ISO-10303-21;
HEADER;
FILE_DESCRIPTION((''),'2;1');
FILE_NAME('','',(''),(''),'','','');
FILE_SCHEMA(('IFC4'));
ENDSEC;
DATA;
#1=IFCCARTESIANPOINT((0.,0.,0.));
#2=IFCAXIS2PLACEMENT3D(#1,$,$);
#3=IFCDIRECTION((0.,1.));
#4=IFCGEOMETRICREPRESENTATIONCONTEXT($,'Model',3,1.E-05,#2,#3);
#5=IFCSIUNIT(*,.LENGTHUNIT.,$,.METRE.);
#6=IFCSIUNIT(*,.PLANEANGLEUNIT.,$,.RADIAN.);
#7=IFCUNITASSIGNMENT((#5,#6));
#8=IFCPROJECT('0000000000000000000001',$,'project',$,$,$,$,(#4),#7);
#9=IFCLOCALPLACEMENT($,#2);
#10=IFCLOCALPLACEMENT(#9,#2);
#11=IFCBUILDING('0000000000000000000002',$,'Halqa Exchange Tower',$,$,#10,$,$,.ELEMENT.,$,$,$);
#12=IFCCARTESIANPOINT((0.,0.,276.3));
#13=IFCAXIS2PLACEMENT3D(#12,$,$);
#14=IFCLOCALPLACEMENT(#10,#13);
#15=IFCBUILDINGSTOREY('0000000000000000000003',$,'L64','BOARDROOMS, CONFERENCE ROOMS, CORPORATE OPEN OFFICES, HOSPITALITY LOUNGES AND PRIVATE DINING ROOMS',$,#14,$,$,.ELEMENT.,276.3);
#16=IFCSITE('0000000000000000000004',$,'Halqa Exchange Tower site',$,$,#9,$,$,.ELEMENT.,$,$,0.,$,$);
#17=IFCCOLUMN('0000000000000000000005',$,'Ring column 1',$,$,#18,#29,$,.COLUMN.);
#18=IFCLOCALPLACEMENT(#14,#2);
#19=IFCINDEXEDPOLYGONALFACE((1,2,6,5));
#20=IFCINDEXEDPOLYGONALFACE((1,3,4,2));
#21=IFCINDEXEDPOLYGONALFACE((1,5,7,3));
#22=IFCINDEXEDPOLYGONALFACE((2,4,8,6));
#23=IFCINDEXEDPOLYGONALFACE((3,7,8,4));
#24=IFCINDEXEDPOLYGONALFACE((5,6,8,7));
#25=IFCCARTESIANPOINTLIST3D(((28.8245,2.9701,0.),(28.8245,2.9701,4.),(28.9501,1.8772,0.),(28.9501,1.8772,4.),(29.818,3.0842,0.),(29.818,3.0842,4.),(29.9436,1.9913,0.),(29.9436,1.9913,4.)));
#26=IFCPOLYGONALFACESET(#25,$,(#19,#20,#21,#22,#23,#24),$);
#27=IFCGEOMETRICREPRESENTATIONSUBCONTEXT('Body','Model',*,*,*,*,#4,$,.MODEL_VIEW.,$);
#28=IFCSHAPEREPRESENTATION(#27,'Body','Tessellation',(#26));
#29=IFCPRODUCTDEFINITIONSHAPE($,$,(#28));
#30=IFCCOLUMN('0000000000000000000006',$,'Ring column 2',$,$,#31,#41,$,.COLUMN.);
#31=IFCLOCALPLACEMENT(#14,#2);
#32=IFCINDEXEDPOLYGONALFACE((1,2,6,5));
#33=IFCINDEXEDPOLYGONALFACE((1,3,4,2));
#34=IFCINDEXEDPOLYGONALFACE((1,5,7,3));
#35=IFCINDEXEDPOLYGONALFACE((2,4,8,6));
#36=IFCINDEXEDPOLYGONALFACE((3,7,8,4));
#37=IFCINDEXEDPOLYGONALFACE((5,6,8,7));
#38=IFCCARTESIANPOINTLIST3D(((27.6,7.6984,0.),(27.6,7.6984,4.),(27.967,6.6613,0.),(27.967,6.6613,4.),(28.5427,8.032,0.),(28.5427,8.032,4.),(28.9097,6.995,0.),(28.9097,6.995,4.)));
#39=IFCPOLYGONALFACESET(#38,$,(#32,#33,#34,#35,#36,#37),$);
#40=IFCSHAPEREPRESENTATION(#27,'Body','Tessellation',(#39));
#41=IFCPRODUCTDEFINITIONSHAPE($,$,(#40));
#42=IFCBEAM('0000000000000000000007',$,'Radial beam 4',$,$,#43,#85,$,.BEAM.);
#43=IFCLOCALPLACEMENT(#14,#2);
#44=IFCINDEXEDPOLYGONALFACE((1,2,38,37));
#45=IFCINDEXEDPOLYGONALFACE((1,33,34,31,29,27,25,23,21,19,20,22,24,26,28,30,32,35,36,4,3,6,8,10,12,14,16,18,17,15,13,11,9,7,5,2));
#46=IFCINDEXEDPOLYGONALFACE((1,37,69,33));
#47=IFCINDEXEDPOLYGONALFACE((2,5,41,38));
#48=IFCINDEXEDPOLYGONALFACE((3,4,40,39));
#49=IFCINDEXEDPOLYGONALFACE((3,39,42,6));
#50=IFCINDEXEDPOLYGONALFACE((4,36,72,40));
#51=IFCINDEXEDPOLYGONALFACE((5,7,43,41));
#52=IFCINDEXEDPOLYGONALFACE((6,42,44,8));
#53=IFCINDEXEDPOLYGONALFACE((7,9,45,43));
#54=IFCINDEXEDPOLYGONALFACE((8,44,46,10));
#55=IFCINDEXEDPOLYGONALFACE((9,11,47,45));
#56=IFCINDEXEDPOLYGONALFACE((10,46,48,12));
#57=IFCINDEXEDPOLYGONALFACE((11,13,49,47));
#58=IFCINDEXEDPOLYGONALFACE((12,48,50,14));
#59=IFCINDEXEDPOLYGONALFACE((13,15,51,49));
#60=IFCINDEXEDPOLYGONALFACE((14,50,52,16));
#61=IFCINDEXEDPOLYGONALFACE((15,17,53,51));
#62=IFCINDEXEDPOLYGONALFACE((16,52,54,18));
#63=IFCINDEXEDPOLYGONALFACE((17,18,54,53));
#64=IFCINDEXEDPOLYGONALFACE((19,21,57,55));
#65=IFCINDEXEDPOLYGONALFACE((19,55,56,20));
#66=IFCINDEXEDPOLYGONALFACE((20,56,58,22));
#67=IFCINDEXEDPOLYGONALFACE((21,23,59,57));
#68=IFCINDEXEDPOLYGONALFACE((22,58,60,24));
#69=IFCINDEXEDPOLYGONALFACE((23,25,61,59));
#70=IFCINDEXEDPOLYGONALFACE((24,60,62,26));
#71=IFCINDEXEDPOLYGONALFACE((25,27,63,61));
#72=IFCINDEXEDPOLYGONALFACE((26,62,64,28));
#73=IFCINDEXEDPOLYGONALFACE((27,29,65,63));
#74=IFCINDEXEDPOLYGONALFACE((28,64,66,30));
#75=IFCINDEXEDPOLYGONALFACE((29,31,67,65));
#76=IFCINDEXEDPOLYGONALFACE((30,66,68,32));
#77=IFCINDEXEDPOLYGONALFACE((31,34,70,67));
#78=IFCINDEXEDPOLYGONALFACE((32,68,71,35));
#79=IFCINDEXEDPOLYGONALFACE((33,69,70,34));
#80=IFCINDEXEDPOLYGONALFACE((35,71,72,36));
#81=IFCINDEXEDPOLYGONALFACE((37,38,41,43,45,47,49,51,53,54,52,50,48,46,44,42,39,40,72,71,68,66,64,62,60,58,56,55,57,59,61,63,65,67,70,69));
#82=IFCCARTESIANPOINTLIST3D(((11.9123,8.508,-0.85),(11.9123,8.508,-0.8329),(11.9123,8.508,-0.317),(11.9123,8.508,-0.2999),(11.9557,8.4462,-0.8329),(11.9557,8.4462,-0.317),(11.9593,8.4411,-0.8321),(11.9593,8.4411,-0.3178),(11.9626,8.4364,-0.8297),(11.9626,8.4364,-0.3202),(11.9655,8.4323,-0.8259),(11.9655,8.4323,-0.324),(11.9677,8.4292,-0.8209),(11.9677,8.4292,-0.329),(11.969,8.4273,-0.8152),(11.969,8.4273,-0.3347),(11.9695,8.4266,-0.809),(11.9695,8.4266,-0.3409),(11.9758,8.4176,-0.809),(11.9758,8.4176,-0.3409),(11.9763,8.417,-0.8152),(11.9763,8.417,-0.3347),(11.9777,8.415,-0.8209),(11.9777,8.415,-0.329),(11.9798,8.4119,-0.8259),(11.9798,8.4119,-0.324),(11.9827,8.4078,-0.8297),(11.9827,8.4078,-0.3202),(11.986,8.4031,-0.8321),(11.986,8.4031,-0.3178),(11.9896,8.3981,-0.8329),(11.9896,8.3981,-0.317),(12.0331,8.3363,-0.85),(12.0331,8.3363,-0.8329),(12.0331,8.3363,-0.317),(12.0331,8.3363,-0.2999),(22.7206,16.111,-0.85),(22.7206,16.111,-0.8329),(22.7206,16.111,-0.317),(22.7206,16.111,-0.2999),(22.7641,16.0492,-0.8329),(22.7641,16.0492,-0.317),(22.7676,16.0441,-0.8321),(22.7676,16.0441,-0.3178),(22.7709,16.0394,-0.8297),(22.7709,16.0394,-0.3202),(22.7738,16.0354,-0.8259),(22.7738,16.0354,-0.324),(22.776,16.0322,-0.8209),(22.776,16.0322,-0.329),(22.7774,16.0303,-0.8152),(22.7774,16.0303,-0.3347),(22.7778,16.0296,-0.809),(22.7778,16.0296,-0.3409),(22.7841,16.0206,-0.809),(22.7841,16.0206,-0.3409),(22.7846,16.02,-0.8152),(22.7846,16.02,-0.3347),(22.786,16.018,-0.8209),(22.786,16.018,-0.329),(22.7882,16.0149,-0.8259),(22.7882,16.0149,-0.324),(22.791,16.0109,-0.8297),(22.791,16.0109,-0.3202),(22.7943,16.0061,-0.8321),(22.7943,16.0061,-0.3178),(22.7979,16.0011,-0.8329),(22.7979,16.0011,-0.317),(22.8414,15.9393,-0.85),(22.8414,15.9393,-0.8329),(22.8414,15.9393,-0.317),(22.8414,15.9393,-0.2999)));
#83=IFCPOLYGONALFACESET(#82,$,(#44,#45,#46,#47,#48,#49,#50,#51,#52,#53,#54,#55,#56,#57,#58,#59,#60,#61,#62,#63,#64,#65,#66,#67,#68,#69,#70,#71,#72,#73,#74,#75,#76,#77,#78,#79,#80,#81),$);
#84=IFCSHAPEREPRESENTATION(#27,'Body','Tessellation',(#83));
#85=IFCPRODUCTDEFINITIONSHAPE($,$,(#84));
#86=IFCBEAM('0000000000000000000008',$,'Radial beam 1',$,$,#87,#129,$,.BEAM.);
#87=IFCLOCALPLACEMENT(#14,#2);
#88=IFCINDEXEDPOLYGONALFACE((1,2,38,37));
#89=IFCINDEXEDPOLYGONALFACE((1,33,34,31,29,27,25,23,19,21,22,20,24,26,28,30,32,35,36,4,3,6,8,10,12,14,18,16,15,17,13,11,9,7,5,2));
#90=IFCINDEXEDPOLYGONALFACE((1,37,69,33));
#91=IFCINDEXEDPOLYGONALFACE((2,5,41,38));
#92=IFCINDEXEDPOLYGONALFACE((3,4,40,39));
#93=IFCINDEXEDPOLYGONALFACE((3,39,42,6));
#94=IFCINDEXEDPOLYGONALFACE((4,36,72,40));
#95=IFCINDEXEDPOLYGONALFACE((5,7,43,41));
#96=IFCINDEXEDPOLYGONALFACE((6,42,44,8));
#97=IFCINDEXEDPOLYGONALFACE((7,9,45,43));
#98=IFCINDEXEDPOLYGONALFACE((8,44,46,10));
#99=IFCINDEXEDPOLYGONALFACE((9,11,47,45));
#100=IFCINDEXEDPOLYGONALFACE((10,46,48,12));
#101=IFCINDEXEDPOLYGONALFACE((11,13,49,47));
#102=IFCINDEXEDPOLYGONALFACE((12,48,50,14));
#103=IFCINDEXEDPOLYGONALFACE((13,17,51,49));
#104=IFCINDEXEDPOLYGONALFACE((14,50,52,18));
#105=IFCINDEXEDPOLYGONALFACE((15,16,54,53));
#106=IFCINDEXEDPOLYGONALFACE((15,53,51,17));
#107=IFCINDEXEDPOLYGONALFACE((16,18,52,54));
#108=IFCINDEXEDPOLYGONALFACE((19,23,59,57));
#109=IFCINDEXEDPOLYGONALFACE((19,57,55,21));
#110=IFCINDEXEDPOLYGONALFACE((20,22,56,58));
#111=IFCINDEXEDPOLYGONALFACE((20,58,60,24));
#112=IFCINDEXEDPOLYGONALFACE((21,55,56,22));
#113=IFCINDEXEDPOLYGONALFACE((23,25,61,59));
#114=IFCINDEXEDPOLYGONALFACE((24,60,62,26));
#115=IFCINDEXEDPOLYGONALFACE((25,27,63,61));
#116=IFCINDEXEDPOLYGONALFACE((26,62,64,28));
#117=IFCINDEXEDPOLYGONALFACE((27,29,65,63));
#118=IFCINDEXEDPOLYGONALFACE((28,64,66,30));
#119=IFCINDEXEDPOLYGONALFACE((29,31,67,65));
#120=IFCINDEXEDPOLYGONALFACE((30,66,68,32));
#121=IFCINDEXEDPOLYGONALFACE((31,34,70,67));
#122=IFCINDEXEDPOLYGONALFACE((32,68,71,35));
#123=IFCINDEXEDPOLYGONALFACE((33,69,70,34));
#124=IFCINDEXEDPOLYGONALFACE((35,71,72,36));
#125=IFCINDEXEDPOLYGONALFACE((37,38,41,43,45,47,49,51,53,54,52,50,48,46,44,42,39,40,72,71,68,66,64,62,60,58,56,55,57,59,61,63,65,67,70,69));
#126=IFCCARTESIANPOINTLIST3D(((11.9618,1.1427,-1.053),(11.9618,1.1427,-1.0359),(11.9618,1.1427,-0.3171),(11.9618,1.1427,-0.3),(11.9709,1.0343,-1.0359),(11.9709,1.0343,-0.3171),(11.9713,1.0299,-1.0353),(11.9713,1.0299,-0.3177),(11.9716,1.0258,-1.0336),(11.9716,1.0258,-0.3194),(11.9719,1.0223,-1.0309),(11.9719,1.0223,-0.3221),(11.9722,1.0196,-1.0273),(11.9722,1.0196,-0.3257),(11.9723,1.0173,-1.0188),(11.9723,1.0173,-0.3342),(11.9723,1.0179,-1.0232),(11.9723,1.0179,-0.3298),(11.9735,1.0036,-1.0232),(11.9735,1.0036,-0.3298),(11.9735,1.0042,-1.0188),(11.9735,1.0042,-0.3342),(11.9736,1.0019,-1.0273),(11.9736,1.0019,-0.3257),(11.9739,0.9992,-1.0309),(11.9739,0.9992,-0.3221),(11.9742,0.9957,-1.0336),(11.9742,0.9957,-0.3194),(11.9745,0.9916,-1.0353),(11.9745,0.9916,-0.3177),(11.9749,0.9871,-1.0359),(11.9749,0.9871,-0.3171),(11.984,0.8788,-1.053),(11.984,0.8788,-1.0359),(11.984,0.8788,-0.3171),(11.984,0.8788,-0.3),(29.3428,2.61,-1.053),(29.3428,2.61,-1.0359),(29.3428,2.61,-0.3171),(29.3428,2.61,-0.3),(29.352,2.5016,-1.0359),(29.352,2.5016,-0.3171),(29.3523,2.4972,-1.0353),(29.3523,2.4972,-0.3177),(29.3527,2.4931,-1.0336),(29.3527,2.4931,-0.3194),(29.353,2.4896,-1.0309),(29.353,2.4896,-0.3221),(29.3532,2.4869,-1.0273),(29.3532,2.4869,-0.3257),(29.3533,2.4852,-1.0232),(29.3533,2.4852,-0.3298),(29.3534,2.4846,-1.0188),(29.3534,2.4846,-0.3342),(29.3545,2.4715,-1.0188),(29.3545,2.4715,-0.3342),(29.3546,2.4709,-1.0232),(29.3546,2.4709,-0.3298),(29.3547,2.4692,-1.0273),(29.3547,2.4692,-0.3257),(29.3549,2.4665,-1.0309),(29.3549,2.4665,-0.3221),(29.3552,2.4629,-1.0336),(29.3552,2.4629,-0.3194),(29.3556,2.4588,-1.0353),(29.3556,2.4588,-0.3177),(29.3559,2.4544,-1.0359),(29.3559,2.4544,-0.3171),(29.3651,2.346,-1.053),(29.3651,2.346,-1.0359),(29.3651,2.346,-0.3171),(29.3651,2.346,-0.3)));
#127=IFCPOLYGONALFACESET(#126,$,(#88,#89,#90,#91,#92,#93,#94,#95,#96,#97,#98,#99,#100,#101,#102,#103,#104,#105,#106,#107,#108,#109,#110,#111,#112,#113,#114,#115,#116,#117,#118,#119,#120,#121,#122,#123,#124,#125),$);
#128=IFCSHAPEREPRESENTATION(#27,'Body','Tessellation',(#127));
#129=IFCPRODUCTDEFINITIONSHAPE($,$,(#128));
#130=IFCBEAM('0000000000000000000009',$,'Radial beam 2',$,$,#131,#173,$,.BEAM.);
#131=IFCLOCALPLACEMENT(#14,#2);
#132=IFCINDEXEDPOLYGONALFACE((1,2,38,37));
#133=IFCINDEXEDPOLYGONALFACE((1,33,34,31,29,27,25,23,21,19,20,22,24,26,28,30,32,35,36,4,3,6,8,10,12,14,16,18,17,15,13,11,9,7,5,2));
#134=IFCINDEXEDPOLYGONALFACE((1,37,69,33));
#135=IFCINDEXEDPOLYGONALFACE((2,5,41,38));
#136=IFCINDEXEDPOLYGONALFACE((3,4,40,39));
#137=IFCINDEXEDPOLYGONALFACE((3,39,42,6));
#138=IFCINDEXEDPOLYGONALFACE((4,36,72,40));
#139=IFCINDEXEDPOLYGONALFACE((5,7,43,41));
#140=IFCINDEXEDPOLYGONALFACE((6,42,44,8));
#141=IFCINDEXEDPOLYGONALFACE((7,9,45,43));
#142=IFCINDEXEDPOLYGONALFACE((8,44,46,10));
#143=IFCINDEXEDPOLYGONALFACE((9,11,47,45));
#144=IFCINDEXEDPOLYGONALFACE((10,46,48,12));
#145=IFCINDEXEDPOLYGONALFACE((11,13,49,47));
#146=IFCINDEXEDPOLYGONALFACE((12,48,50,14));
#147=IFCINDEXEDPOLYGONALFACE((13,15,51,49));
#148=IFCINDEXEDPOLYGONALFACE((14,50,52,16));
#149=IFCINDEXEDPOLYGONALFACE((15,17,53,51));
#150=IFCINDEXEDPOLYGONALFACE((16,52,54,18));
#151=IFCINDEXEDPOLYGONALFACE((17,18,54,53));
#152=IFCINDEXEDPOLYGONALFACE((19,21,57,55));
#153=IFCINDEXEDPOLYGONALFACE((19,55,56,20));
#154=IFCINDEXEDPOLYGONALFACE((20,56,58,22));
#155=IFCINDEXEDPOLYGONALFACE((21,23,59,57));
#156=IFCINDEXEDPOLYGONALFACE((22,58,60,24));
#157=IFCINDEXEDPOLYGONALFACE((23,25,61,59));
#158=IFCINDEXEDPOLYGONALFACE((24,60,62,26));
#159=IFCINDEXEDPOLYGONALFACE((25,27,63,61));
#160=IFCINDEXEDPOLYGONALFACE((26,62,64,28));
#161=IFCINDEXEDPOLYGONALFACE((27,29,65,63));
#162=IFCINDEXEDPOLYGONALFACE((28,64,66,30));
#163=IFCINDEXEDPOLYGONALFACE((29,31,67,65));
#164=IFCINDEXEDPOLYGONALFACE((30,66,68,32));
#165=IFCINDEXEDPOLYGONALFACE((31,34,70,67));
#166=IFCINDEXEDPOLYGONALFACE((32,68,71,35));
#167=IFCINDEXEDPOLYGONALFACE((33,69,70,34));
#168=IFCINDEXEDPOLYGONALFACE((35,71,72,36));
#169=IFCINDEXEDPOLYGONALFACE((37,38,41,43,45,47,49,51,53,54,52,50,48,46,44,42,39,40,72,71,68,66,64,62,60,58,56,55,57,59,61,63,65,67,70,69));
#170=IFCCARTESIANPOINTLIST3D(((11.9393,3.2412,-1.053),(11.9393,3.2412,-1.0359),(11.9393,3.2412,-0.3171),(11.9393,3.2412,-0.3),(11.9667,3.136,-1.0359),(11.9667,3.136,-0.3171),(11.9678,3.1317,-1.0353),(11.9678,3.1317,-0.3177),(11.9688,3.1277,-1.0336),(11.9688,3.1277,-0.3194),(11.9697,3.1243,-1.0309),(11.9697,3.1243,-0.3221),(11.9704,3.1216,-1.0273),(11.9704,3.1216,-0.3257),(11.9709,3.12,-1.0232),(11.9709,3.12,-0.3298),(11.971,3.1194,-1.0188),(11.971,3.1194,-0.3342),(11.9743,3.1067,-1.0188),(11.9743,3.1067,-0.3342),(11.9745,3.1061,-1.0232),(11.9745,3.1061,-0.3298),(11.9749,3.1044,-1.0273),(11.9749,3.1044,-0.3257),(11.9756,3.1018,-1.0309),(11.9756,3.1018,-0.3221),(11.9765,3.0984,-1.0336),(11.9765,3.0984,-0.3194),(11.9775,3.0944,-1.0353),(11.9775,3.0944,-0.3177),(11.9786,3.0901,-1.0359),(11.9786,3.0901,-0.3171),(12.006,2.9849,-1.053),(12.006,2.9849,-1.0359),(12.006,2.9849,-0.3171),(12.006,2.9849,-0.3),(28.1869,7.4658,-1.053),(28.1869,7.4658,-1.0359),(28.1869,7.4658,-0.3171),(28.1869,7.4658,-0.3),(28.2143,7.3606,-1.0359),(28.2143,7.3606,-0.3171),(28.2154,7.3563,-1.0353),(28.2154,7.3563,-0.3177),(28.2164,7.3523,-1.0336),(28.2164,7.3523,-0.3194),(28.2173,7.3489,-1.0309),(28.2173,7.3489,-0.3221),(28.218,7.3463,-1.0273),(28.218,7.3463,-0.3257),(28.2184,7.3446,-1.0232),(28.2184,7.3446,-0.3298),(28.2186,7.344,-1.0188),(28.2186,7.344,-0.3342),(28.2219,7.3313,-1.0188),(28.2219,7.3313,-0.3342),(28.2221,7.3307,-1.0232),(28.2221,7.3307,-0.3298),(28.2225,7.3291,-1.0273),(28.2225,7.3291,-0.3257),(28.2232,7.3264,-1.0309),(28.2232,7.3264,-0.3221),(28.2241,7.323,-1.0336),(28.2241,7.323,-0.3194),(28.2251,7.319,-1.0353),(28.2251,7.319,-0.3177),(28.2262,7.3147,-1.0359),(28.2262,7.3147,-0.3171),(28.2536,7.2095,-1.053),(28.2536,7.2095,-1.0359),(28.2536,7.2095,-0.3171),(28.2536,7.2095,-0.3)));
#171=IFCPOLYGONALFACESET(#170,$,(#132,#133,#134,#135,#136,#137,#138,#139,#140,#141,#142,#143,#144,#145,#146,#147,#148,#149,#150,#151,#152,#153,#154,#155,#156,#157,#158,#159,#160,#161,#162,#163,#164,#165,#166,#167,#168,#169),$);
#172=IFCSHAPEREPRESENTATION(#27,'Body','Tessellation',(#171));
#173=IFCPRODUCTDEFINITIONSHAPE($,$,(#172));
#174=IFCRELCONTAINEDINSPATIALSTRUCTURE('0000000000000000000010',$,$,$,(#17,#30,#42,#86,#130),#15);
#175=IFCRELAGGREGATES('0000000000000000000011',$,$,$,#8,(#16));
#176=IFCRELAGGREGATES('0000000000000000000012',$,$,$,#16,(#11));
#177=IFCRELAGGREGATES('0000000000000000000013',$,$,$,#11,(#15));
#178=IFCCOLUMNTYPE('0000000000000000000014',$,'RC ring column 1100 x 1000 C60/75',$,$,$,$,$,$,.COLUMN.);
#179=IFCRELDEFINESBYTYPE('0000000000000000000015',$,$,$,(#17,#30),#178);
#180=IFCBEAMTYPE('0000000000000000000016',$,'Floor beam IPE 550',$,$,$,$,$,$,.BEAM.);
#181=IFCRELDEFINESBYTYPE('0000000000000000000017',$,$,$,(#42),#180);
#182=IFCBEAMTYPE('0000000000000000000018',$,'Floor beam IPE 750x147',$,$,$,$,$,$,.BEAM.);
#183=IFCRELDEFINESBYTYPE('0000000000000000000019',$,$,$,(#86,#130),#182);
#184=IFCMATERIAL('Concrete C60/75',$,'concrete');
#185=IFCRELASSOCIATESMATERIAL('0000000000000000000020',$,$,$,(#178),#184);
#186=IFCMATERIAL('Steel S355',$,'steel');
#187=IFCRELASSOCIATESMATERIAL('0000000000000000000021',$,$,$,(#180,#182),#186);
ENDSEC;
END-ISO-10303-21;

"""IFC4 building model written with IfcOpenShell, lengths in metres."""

from ifc_helpers import new_model, si_unit, direction, frame, origin, origin_2d, place, context, subcontext, project, spatial, rectangle, i_section, extrude, material, material_profile, profile_set, type_object, element, save


model = new_model("IFC4")

# Units and contexts
model_context = context("Model", 3, precision=1e-05, world=origin(), true_north=direction((0.0, 1.0)))
body_context = subcontext(model_context, "Body", "Model", "MODEL_VIEW")
ifc_project = project(units=[si_unit("LENGTHUNIT", "METRE"), si_unit("PLANEANGLEUNIT", "RADIAN")], contexts=[model_context])

# Site, building, storey
site_placement = place(None, origin())
site = spatial("IfcSite", under=ifc_project, at=site_placement, Name="Halqa Exchange Tower site", CompositionType="ELEMENT", RefElevation=0.0)
building_placement = place(site_placement, origin())
building = spatial("IfcBuilding", under=site, at=building_placement, Name="Halqa Exchange Tower", CompositionType="ELEMENT")
storey_placement = place(building_placement, frame((0.0, 0.0, 276.3)))
storey = spatial("IfcBuildingStorey", under=building, at=storey_placement, Name="L64", Description="BOARDROOMS, CONFERENCE ROOMS, CORPORATE OPEN OFFICES, HOSPITALITY LOUNGES AND PRIVATE DINING ROOMS", CompositionType="ELEMENT", Elevation=276.3)

# Columns
ifc_material_1 = material(Name="Concrete C60/75", Category="concrete")
ifc_material_profile_1 = material_profile(ifc_material_1, rectangle(XDim=1.1001, YDim=1.0, at=origin_2d()), Name="1100 x 1000")
ifc_profile_set_1 = profile_set([ifc_material_profile_1], Name="Concrete C60/75")
column_type = type_object("IfcColumnType", Name="RC ring column 1100 x 1000 C60/75", PredefinedType="COLUMN", material=ifc_profile_set_1)
for number, where, z_axis, x_axis, name in (
    (1, (29.384, 2.4807, 0.0), (0.0, 0.0, 1.0), (-0.114155, 0.993463, 0.0), "Ring column 1"),
    (2, (28.2549, 7.3467, 0.0), (0.0, 0.0, 1.0), (-0.333619, 0.942708, 0.0), "Ring column 2"),
):
    element("IfcColumn", number, at=place(storey_placement, frame(where, z_axis=z_axis, x_axis=x_axis)), inside=storey, type_object=column_type, Name=name, PredefinedType="COLUMN", context=body_context, shape_type="SweptSolid", body=[
        extrude(rectangle(XDim=1.1001, YDim=1.0, at=origin_2d()), origin(), (0.0, 0.0, 1.0), 4.0),
    ])

# Beams
ifc_material_2 = material(Name="Steel S355", Category="steel")
ifc_material_profile_2 = material_profile(ifc_material_2, i_section(OverallWidth=0.21, OverallDepth=0.55, WebThickness=0.011, FlangeThickness=0.0171, FilletRadius=0.0239, at=origin_2d()), Name="IPE 550")
ifc_profile_set_2 = profile_set([ifc_material_profile_2], Name="Steel S355")
beam_type_1 = type_object("IfcBeamType", Name="Floor beam IPE 550", PredefinedType="BEAM", material=ifc_profile_set_2)
beam_1_placement = place(storey_placement, frame((11.9727, 8.4221, -0.575), z_axis=(0.817908, 0.575349, 0.0), x_axis=(-0.575349, 0.817908, 0.0)))
element("IfcBeam", 3, at=beam_1_placement, inside=storey, type_object=beam_type_1, Name="Radial beam 4", PredefinedType="BEAM", context=body_context, shape_type="SweptSolid", body=[
    extrude(i_section(OverallWidth=0.21, OverallDepth=0.55, WebThickness=0.011, FlangeThickness=0.0171, FilletRadius=0.0239, at=origin_2d()), origin(), (0.0, 0.0, 1.0), 13.2146),
])
ifc_material_profile_3 = material_profile(ifc_material_2, i_section(OverallWidth=0.2649, OverallDepth=0.7529, WebThickness=0.0132, FlangeThickness=0.0171, FilletRadius=0.0171, at=origin_2d()), Name="IPE 750x147")
ifc_profile_set_3 = profile_set([ifc_material_profile_3], Name="Steel S355")
beam_type_2 = type_object("IfcBeamType", Name="Floor beam IPE 750x147", PredefinedType="BEAM", material=ifc_profile_set_3)
beam_2_placement = place(storey_placement, frame((11.9729, 1.0107, -0.6765), z_axis=(0.996456, 0.084119, 0.0), x_axis=(-0.084119, 0.996456, 0.0)))
element("IfcBeam", 4, at=beam_2_placement, inside=storey, type_object=beam_type_2, Name="Radial beam 1", PredefinedType="BEAM", context=body_context, shape_type="SweptSolid", body=[
    extrude(i_section(OverallWidth=0.2649, OverallDepth=0.7529, WebThickness=0.0132, FlangeThickness=0.0171, FilletRadius=0.0171, at=origin_2d()), origin(), (0.0, 0.0, 1.0), 17.4429),
])
beam_3_placement = place(storey_placement, frame((11.9727, 3.113, -0.6765), z_axis=(0.967819, 0.251647, 0.0), x_axis=(-0.251647, 0.967819, 0.0)))
element("IfcBeam", 5, at=beam_3_placement, inside=storey, type_object=beam_type_2, Name="Radial beam 2", PredefinedType="BEAM", context=body_context, shape_type="SweptSolid", body=[
    extrude(i_section(OverallWidth=0.2649, OverallDepth=0.7529, WebThickness=0.0132, FlangeThickness=0.0171, FilletRadius=0.0171, at=origin_2d()), origin(), (0.0, 0.0, 1.0), 16.7878),
])

save(model, "model.ifc")
